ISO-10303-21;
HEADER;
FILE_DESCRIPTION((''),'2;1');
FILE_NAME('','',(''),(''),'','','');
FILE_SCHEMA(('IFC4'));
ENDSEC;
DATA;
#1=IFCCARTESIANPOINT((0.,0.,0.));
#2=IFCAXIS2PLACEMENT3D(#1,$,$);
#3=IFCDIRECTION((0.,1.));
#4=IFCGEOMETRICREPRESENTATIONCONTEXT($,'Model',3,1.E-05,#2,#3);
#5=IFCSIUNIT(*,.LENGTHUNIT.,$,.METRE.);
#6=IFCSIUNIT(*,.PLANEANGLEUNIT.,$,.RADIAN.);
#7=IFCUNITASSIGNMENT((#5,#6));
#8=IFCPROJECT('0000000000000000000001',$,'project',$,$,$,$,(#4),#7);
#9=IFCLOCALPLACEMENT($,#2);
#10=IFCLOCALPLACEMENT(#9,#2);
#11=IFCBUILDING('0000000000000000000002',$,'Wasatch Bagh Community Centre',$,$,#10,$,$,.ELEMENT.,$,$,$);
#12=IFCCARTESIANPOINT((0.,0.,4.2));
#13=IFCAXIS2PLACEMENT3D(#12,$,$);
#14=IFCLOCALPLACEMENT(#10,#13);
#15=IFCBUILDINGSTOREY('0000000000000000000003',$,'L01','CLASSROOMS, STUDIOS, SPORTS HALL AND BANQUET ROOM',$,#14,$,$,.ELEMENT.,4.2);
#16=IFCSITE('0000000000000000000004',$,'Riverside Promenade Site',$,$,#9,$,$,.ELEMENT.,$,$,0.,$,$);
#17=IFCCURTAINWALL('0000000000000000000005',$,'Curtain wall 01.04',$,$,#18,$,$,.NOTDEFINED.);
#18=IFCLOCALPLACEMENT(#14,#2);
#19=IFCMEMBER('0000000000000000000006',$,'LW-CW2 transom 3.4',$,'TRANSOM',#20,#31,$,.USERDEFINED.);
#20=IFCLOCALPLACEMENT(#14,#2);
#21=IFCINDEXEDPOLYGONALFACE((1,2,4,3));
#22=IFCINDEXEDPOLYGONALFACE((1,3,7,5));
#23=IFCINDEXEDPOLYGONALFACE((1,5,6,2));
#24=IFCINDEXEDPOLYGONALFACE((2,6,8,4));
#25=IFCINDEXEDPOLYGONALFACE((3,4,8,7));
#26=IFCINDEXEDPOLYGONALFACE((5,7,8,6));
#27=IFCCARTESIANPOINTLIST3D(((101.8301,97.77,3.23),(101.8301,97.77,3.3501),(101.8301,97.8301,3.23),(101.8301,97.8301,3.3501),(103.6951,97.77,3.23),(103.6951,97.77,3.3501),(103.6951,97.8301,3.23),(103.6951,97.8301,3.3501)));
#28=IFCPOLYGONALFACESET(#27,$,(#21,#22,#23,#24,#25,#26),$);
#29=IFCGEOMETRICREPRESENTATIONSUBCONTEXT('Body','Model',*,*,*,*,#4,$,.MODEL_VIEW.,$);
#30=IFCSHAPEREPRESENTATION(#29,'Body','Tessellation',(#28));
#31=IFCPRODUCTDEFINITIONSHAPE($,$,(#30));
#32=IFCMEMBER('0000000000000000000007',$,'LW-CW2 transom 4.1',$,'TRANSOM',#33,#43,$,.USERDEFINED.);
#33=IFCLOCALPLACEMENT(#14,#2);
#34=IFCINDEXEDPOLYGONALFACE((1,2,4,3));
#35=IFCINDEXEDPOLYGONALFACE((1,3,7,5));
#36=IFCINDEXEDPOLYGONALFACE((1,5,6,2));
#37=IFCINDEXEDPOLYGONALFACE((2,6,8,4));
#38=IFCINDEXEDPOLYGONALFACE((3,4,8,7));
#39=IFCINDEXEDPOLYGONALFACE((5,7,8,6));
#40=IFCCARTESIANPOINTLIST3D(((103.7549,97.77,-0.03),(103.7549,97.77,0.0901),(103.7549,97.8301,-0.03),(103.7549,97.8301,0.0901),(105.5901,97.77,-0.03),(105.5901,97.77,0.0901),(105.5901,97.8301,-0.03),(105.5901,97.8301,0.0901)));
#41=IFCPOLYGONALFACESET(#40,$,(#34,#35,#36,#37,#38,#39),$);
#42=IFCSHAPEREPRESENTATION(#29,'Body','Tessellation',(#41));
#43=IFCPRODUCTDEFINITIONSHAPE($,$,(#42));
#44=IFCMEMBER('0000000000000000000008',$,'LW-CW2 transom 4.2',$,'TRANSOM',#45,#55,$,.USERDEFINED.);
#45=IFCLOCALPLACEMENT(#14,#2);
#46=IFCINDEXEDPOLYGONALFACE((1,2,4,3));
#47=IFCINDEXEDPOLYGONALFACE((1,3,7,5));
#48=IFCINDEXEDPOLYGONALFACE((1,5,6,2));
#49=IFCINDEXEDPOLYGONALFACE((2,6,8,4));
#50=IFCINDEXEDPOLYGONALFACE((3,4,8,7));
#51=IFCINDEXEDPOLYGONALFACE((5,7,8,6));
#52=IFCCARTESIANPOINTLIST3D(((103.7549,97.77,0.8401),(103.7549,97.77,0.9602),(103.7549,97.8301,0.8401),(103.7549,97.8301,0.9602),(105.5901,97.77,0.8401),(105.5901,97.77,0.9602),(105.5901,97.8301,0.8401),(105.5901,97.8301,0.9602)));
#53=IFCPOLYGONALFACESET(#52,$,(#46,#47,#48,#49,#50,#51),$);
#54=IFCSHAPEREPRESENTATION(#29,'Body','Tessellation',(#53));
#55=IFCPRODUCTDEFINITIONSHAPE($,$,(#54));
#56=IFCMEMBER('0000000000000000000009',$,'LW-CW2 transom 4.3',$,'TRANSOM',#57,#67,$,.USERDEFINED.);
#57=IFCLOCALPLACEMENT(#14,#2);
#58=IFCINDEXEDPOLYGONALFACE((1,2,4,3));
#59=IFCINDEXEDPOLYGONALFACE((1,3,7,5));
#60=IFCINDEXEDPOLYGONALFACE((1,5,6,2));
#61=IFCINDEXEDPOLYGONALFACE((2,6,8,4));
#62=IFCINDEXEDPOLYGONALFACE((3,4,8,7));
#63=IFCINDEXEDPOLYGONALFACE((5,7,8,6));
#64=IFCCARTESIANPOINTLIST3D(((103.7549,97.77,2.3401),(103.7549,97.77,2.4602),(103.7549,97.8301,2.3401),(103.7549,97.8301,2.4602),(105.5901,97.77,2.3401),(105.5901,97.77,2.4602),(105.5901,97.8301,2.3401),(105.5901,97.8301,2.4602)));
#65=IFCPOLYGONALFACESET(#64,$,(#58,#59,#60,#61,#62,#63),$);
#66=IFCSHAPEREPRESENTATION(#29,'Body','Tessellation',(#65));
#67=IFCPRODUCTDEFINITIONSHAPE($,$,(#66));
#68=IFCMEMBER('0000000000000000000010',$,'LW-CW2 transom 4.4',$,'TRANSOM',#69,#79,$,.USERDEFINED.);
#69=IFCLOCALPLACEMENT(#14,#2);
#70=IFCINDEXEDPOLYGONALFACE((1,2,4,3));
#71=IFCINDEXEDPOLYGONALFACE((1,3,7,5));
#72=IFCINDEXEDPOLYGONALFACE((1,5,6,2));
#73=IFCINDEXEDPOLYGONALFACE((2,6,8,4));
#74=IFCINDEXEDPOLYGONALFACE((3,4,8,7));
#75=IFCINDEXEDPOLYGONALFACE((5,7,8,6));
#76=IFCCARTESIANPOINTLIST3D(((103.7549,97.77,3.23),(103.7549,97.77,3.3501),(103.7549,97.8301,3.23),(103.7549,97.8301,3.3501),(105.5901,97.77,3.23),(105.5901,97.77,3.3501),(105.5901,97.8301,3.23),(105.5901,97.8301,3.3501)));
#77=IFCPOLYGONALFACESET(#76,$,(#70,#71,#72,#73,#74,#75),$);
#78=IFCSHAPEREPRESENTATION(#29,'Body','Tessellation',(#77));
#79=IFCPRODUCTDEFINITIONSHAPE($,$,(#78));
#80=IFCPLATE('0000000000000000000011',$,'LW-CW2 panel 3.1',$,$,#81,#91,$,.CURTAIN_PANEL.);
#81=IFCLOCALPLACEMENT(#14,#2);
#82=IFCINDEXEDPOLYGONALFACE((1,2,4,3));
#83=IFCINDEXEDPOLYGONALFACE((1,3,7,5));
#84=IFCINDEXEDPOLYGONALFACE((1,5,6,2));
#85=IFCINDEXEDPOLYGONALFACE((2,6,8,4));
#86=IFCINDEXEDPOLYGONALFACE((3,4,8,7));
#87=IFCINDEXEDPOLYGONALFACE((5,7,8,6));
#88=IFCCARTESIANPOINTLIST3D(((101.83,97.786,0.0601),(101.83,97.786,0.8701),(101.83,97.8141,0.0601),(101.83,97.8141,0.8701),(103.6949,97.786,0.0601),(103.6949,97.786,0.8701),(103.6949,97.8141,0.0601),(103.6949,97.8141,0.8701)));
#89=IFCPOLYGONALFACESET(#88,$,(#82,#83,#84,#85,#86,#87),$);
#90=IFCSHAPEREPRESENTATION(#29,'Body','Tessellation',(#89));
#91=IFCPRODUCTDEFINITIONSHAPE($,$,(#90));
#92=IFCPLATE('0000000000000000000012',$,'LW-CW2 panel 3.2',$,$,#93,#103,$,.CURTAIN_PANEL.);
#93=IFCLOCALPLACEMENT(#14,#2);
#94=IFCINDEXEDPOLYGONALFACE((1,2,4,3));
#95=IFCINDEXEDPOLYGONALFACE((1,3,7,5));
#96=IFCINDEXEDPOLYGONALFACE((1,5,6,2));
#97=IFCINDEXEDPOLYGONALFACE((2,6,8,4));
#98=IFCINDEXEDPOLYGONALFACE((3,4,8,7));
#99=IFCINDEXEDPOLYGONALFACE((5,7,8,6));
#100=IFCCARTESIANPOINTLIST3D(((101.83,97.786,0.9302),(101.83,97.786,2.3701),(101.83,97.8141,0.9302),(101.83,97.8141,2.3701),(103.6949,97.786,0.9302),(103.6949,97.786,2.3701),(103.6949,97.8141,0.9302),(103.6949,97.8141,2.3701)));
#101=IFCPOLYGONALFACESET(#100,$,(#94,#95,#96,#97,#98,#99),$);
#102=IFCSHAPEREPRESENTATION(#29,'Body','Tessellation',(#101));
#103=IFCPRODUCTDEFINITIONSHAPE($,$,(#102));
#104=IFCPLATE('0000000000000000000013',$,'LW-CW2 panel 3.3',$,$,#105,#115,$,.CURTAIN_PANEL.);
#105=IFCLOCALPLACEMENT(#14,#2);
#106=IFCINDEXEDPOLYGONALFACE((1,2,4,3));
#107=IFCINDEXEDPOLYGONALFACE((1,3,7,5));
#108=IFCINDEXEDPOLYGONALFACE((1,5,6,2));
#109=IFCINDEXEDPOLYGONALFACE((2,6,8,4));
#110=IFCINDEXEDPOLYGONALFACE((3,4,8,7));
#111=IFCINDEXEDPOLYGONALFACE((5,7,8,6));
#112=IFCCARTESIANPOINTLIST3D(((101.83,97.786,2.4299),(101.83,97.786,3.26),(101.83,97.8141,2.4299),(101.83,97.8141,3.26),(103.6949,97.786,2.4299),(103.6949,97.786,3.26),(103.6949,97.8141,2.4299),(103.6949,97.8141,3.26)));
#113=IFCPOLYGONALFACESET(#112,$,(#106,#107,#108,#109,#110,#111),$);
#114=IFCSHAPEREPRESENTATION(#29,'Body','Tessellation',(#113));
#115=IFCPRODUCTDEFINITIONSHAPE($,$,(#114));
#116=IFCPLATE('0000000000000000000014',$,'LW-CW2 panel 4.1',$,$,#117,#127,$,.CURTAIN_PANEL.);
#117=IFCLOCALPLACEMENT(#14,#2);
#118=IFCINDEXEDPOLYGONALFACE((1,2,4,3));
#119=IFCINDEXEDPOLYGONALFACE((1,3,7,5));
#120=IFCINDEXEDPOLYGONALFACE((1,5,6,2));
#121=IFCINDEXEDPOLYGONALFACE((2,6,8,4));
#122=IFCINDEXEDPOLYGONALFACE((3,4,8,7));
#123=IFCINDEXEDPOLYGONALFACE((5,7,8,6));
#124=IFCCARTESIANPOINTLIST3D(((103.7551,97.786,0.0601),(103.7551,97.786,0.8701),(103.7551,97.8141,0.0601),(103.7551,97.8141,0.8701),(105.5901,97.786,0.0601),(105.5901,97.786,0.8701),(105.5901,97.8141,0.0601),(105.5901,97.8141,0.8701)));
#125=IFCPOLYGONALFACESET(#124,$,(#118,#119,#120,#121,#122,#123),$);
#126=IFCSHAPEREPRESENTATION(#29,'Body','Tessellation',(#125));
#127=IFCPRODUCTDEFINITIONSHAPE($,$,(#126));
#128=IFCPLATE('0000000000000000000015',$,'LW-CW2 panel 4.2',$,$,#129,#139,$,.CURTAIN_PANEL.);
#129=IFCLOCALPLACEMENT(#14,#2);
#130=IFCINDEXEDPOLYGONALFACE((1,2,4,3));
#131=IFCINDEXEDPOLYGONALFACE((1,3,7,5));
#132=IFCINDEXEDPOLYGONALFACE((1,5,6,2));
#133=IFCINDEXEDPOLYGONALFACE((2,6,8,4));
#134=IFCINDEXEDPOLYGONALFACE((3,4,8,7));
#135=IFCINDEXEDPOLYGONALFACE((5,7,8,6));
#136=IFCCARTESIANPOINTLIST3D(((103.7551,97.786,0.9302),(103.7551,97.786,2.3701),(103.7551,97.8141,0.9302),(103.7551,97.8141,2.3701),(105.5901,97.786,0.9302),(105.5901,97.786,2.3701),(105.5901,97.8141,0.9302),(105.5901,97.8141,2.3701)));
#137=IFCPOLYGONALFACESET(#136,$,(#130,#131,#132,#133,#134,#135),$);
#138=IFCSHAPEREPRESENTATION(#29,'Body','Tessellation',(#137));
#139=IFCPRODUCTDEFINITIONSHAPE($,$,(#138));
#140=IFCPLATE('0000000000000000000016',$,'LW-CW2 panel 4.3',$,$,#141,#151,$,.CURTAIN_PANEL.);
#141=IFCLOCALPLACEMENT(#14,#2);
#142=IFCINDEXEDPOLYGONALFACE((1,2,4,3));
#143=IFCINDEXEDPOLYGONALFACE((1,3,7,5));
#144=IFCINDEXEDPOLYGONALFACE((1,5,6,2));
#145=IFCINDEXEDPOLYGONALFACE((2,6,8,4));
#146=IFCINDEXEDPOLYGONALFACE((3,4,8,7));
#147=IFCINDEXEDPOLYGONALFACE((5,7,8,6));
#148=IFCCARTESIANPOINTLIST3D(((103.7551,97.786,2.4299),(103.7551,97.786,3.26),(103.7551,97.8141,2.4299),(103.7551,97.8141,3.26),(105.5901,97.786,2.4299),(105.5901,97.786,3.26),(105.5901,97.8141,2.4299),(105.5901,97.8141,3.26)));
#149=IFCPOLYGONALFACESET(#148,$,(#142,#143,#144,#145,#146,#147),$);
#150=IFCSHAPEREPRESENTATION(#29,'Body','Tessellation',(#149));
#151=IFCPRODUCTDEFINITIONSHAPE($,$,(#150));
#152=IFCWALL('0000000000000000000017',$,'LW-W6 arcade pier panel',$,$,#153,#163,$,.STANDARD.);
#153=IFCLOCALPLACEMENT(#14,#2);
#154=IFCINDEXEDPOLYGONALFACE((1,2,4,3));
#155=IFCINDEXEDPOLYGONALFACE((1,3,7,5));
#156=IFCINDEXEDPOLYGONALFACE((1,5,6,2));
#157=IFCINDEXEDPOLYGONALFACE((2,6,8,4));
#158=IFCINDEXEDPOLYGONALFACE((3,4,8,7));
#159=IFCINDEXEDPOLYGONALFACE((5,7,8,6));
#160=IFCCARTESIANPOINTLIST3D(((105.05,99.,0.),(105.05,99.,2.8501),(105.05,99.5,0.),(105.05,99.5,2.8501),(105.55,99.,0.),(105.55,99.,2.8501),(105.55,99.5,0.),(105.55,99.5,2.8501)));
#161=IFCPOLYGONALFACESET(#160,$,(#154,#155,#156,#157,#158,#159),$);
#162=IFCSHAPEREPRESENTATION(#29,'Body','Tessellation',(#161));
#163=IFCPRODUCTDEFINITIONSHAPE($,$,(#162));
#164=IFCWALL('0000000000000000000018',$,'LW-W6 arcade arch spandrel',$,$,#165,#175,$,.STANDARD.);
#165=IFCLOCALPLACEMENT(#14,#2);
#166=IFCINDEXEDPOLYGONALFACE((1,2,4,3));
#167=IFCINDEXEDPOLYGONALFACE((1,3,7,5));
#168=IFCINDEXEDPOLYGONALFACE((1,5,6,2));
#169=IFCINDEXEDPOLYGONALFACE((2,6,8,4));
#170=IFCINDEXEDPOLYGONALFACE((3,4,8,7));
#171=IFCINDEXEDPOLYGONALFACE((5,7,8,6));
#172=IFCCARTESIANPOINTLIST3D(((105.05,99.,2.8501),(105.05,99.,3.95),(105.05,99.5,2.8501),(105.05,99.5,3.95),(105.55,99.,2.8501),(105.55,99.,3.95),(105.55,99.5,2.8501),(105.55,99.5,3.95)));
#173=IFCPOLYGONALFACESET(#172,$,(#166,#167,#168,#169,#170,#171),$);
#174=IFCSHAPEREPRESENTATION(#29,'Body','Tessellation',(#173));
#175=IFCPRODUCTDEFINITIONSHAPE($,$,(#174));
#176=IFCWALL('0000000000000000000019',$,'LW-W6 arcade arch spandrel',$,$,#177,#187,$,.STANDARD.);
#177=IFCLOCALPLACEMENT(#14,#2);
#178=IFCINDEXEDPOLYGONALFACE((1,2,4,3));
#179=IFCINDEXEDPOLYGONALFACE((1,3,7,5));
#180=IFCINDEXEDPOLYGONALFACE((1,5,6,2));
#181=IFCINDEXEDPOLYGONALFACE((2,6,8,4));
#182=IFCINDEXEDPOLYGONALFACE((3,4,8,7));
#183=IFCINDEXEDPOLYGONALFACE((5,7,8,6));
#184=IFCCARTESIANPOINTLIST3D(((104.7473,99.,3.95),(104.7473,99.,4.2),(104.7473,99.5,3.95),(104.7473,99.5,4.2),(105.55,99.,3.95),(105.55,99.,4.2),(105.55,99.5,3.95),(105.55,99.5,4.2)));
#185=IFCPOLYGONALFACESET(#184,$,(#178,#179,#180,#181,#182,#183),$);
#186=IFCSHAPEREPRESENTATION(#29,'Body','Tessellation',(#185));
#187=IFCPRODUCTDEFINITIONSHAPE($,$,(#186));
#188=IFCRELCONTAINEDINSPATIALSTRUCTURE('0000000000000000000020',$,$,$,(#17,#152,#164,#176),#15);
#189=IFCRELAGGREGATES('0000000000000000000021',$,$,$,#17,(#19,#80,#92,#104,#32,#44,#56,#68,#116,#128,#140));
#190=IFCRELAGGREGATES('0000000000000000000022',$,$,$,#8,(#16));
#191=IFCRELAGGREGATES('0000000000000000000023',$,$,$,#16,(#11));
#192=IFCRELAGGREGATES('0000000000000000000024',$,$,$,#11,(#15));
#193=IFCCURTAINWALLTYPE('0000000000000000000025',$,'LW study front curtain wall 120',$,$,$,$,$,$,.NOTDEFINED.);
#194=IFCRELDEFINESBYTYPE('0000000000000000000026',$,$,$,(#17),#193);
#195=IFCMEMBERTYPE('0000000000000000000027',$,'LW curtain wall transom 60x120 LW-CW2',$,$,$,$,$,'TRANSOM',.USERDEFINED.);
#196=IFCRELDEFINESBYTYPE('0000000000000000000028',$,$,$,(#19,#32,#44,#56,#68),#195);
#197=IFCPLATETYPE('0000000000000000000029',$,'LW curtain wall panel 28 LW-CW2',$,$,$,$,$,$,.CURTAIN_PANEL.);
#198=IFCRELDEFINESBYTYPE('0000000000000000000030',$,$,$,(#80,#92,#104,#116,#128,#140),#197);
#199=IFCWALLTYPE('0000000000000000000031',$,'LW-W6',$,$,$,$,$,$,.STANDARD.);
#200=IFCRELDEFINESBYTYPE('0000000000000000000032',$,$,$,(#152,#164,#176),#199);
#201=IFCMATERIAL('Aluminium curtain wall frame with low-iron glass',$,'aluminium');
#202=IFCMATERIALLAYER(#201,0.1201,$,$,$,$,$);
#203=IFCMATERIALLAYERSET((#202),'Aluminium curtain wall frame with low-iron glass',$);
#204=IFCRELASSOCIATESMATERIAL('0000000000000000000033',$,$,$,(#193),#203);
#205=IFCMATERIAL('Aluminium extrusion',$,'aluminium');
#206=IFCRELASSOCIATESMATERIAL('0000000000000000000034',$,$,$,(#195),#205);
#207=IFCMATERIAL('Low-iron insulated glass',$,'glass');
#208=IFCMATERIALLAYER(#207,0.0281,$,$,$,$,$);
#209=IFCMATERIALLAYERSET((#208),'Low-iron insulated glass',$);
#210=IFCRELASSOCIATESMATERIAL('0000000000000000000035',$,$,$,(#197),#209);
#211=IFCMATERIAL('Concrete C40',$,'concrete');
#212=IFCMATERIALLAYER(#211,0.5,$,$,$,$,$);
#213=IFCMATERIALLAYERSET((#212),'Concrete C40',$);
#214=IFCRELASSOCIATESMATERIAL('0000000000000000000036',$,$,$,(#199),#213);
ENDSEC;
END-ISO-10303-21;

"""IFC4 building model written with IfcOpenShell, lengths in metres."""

from ifc_helpers import new_model, si_unit, direction, frame, frame_2d, origin, origin_2d, place, context, subcontext, project, spatial, rectangle, extrude, material, layer, layer_set, material_profile, profile_set, type_object, element, aggregate, save


model = new_model("IFC4")

# Units and contexts
model_context = context("Model", 3, precision=1e-05, world=origin(), true_north=direction((0.0, 1.0)))
body_context = subcontext(model_context, "Body", "Model", "MODEL_VIEW")
ifc_project = project(units=[si_unit("LENGTHUNIT", "METRE"), si_unit("PLANEANGLEUNIT", "RADIAN")], contexts=[model_context])

# Site, building, storey
site_placement = place(None, origin())
site = spatial("IfcSite", under=ifc_project, at=site_placement, Name="Riverside Promenade Site", CompositionType="ELEMENT", RefElevation=0.0)
building_placement = place(site_placement, origin())
building = spatial("IfcBuilding", under=site, at=building_placement, Name="Wasatch Bagh Community Centre", CompositionType="ELEMENT")
storey_placement = place(building_placement, frame((0.0, 0.0, 4.2)))
storey = spatial("IfcBuildingStorey", under=building, at=storey_placement, Name="L01", Description="CLASSROOMS, STUDIOS, SPORTS HALL AND BANQUET ROOM", CompositionType="ELEMENT", Elevation=4.2)

# Shared definitions
ifc_material_1 = material(Name="Concrete C40", Category="concrete")

# Shared definitions
ifc_material_2 = material(Name="Aluminium curtain wall frame with low-iron glass", Category="aluminium")
ifc_material_3 = material(Name="Aluminium extrusion", Category="aluminium")

# Curtain wall
ifc_layer_1 = layer(ifc_material_2, 0.1201)
ifc_layer_set_1 = layer_set([ifc_layer_1], Name="Aluminium curtain wall frame with low-iron glass")
curtain_wall_type_1 = type_object("IfcCurtainWallType", Name="LW study front curtain wall 120", PredefinedType="NOTDEFINED", material=ifc_layer_set_1)
curtain_wall_1_placement = place(storey_placement, origin())
curtain_wall_1 = element("IfcCurtainWall", 1, at=curtain_wall_1_placement, inside=storey, type_object=curtain_wall_type_1, Name="Curtain wall 01.04", PredefinedType="NOTDEFINED")

# Members
ifc_material_profile_1 = material_profile(ifc_material_3, rectangle(XDim=0.0601, YDim=0.1201, at=origin_2d()), Name="AL 60x120")
ifc_profile_set_1 = profile_set([ifc_material_profile_1], Name="Aluminium extrusion")
member_type_1 = type_object("IfcMemberType", Name="LW curtain wall transom 60x120 LW-CW2", ElementType="TRANSOM", PredefinedType="USERDEFINED", material=ifc_profile_set_1)
member_1_placement = place(storey_placement, frame((101.8301, 97.8, 3.29), z_axis=(1.0, 0.0, 0.0), x_axis=(0.0, 1.0, 0.0)))
member_1 = element("IfcMember", 2, at=member_1_placement, type_object=member_type_1, Name="LW-CW2 transom 3.4", ObjectType="TRANSOM", PredefinedType="USERDEFINED", context=body_context, shape_type="SweptSolid", body=[
    extrude(rectangle(XDim=0.0601, YDim=0.1201, at=origin_2d()), origin(), (0.0, 0.0, 1.0), 1.865),
])
member_2_placement = place(storey_placement, frame((103.7549, 97.8, 0.03), z_axis=(1.0, 0.0, 0.0), x_axis=(0.0, 1.0, 0.0)))
member_2 = element("IfcMember", 3, at=member_2_placement, type_object=member_type_1, Name="LW-CW2 transom 4.1", ObjectType="TRANSOM", PredefinedType="USERDEFINED", context=body_context, shape_type="SweptSolid", body=[
    extrude(rectangle(XDim=0.0601, YDim=0.1201, at=origin_2d()), origin(), (0.0, 0.0, 1.0), 1.8352),
])
member_3_placement = place(storey_placement, frame((103.7549, 97.8, 0.9001), z_axis=(1.0, 0.0, 0.0), x_axis=(0.0, 1.0, 0.0)))
member_3 = element("IfcMember", 4, at=member_3_placement, type_object=member_type_1, Name="LW-CW2 transom 4.2", ObjectType="TRANSOM", PredefinedType="USERDEFINED", context=body_context, shape_type="SweptSolid", body=[
    extrude(rectangle(XDim=0.0601, YDim=0.1201, at=origin_2d()), origin(), (0.0, 0.0, 1.0), 1.8352),
])
member_4_placement = place(storey_placement, frame((103.7549, 97.8, 2.4001), z_axis=(1.0, 0.0, 0.0), x_axis=(0.0, 1.0, 0.0)))
member_4 = element("IfcMember", 5, at=member_4_placement, type_object=member_type_1, Name="LW-CW2 transom 4.3", ObjectType="TRANSOM", PredefinedType="USERDEFINED", context=body_context, shape_type="SweptSolid", body=[
    extrude(rectangle(XDim=0.0601, YDim=0.1201, at=origin_2d()), origin(), (0.0, 0.0, 1.0), 1.8352),
])
member_5_placement = place(storey_placement, frame((103.7549, 97.8, 3.29), z_axis=(1.0, 0.0, 0.0), x_axis=(0.0, 1.0, 0.0)))
member_5 = element("IfcMember", 6, at=member_5_placement, type_object=member_type_1, Name="LW-CW2 transom 4.4", ObjectType="TRANSOM", PredefinedType="USERDEFINED", context=body_context, shape_type="SweptSolid", body=[
    extrude(rectangle(XDim=0.0601, YDim=0.1201, at=origin_2d()), origin(), (0.0, 0.0, 1.0), 1.8352),
])

# Plates
ifc_material_4 = material(Name="Low-iron insulated glass", Category="glass")
ifc_layer_2 = layer(ifc_material_4, 0.0281)
ifc_layer_set_2 = layer_set([ifc_layer_2], Name="Low-iron insulated glass")
plate_type = type_object("IfcPlateType", Name="LW curtain wall panel 28 LW-CW2", PredefinedType="CURTAIN_PANEL", material=ifc_layer_set_2)
plate_1_placement = place(storey_placement, frame((102.7625, 97.8, 0.0601), z_axis=(0.0, 0.0, 1.0), x_axis=(1.0, 0.0, 0.0)))
plate_1 = element("IfcPlate", 7, at=plate_1_placement, type_object=plate_type, Name="LW-CW2 panel 3.1", PredefinedType="CURTAIN_PANEL", context=body_context, shape_type="SweptSolid", body=[
    extrude(rectangle(XDim=1.865, YDim=0.0281, at=origin_2d()), origin(), (0.0, 0.0, 1.0), 0.8101),
])
plate_2_placement = place(storey_placement, frame((102.7625, 97.8, 0.9302), z_axis=(0.0, 0.0, 1.0), x_axis=(1.0, 0.0, 0.0)))
plate_2 = element("IfcPlate", 8, at=plate_2_placement, type_object=plate_type, Name="LW-CW2 panel 3.2", PredefinedType="CURTAIN_PANEL", context=body_context, shape_type="SweptSolid", body=[
    extrude(rectangle(XDim=1.865, YDim=0.0281, at=origin_2d()), origin(), (0.0, 0.0, 1.0), 1.4399),
])
plate_3_placement = place(storey_placement, frame((102.7625, 97.8, 2.4299), z_axis=(0.0, 0.0, 1.0), x_axis=(1.0, 0.0, 0.0)))
plate_3 = element("IfcPlate", 9, at=plate_3_placement, type_object=plate_type, Name="LW-CW2 panel 3.3", PredefinedType="CURTAIN_PANEL", context=body_context, shape_type="SweptSolid", body=[
    extrude(rectangle(XDim=1.865, YDim=0.0281, at=origin_2d()), origin(), (0.0, 0.0, 1.0), 0.8301),
])
plate_4_placement = place(storey_placement, frame((104.6726, 97.8, 0.0601), z_axis=(0.0, 0.0, 1.0), x_axis=(1.0, 0.0, 0.0)))
plate_4 = element("IfcPlate", 10, at=plate_4_placement, type_object=plate_type, Name="LW-CW2 panel 4.1", PredefinedType="CURTAIN_PANEL", context=body_context, shape_type="SweptSolid", body=[
    extrude(rectangle(XDim=1.835, YDim=0.0281, at=origin_2d()), origin(), (0.0, 0.0, 1.0), 0.8101),
])
plate_5_placement = place(storey_placement, frame((104.6726, 97.8, 0.9302), z_axis=(0.0, 0.0, 1.0), x_axis=(1.0, 0.0, 0.0)))
plate_5 = element("IfcPlate", 11, at=plate_5_placement, type_object=plate_type, Name="LW-CW2 panel 4.2", PredefinedType="CURTAIN_PANEL", context=body_context, shape_type="SweptSolid", body=[
    extrude(rectangle(XDim=1.835, YDim=0.0281, at=origin_2d()), origin(), (0.0, 0.0, 1.0), 1.4399),
])
plate_6_placement = place(storey_placement, frame((104.6726, 97.8, 2.4299), z_axis=(0.0, 0.0, 1.0), x_axis=(1.0, 0.0, 0.0)))
plate_6 = element("IfcPlate", 12, at=plate_6_placement, type_object=plate_type, Name="LW-CW2 panel 4.3", PredefinedType="CURTAIN_PANEL", context=body_context, shape_type="SweptSolid", body=[
    extrude(rectangle(XDim=1.835, YDim=0.0281, at=origin_2d()), origin(), (0.0, 0.0, 1.0), 0.8301),
])
aggregate(curtain_wall_1, [member_1, plate_1, plate_2, plate_3, member_2, member_3, member_4, member_5, plate_4, plate_5, plate_6])

# Walls
ifc_layer_3 = layer(ifc_material_1, 0.5)
ifc_layer_set_3 = layer_set([ifc_layer_3], Name="Concrete C40")
wall_type = type_object("IfcWallType", Name="LW-W6", PredefinedType="STANDARD", material=ifc_layer_set_3)
wall_1_placement = place(storey_placement, frame((105.55, 99.25, 0.0), z_axis=(0.0, 0.0, 1.0), x_axis=(-1.0, 0.0, 0.0)))
element("IfcWall", 13, at=wall_1_placement, inside=storey, type_object=wall_type, Name="LW-W6 arcade pier panel", PredefinedType="STANDARD", context=body_context, shape_type="SweptSolid", body=[
    extrude(rectangle(XDim=0.5, YDim=0.5, at=frame_2d((0.25, 0.0))), origin(), (0.0, 0.0, 1.0), 2.8501),
])
wall_2_placement = place(storey_placement, frame((105.55, 99.25, 2.8501), z_axis=(0.0, 0.0, 1.0), x_axis=(-1.0, 0.0, 0.0)))
element("IfcWall", 14, at=wall_2_placement, inside=storey, type_object=wall_type, Name="LW-W6 arcade arch spandrel", PredefinedType="STANDARD", context=body_context, shape_type="SweptSolid", body=[
    extrude(rectangle(XDim=0.5, YDim=0.5, at=frame_2d((0.25, 0.0))), origin(), (0.0, 0.0, 1.0), 1.0999),
])
wall_3_placement = place(storey_placement, frame((105.55, 99.25, 3.95), z_axis=(0.0, 0.0, 1.0), x_axis=(-1.0, 0.0, 0.0)))
element("IfcWall", 15, at=wall_3_placement, inside=storey, type_object=wall_type, Name="LW-W6 arcade arch spandrel", PredefinedType="STANDARD", context=body_context, shape_type="SweptSolid", body=[
    extrude(rectangle(XDim=0.8027, YDim=0.5, at=frame_2d((0.4014, 0.0))), origin(), (0.0, 0.0, 1.0), 0.25),
])

save(model, "model.ifc")
